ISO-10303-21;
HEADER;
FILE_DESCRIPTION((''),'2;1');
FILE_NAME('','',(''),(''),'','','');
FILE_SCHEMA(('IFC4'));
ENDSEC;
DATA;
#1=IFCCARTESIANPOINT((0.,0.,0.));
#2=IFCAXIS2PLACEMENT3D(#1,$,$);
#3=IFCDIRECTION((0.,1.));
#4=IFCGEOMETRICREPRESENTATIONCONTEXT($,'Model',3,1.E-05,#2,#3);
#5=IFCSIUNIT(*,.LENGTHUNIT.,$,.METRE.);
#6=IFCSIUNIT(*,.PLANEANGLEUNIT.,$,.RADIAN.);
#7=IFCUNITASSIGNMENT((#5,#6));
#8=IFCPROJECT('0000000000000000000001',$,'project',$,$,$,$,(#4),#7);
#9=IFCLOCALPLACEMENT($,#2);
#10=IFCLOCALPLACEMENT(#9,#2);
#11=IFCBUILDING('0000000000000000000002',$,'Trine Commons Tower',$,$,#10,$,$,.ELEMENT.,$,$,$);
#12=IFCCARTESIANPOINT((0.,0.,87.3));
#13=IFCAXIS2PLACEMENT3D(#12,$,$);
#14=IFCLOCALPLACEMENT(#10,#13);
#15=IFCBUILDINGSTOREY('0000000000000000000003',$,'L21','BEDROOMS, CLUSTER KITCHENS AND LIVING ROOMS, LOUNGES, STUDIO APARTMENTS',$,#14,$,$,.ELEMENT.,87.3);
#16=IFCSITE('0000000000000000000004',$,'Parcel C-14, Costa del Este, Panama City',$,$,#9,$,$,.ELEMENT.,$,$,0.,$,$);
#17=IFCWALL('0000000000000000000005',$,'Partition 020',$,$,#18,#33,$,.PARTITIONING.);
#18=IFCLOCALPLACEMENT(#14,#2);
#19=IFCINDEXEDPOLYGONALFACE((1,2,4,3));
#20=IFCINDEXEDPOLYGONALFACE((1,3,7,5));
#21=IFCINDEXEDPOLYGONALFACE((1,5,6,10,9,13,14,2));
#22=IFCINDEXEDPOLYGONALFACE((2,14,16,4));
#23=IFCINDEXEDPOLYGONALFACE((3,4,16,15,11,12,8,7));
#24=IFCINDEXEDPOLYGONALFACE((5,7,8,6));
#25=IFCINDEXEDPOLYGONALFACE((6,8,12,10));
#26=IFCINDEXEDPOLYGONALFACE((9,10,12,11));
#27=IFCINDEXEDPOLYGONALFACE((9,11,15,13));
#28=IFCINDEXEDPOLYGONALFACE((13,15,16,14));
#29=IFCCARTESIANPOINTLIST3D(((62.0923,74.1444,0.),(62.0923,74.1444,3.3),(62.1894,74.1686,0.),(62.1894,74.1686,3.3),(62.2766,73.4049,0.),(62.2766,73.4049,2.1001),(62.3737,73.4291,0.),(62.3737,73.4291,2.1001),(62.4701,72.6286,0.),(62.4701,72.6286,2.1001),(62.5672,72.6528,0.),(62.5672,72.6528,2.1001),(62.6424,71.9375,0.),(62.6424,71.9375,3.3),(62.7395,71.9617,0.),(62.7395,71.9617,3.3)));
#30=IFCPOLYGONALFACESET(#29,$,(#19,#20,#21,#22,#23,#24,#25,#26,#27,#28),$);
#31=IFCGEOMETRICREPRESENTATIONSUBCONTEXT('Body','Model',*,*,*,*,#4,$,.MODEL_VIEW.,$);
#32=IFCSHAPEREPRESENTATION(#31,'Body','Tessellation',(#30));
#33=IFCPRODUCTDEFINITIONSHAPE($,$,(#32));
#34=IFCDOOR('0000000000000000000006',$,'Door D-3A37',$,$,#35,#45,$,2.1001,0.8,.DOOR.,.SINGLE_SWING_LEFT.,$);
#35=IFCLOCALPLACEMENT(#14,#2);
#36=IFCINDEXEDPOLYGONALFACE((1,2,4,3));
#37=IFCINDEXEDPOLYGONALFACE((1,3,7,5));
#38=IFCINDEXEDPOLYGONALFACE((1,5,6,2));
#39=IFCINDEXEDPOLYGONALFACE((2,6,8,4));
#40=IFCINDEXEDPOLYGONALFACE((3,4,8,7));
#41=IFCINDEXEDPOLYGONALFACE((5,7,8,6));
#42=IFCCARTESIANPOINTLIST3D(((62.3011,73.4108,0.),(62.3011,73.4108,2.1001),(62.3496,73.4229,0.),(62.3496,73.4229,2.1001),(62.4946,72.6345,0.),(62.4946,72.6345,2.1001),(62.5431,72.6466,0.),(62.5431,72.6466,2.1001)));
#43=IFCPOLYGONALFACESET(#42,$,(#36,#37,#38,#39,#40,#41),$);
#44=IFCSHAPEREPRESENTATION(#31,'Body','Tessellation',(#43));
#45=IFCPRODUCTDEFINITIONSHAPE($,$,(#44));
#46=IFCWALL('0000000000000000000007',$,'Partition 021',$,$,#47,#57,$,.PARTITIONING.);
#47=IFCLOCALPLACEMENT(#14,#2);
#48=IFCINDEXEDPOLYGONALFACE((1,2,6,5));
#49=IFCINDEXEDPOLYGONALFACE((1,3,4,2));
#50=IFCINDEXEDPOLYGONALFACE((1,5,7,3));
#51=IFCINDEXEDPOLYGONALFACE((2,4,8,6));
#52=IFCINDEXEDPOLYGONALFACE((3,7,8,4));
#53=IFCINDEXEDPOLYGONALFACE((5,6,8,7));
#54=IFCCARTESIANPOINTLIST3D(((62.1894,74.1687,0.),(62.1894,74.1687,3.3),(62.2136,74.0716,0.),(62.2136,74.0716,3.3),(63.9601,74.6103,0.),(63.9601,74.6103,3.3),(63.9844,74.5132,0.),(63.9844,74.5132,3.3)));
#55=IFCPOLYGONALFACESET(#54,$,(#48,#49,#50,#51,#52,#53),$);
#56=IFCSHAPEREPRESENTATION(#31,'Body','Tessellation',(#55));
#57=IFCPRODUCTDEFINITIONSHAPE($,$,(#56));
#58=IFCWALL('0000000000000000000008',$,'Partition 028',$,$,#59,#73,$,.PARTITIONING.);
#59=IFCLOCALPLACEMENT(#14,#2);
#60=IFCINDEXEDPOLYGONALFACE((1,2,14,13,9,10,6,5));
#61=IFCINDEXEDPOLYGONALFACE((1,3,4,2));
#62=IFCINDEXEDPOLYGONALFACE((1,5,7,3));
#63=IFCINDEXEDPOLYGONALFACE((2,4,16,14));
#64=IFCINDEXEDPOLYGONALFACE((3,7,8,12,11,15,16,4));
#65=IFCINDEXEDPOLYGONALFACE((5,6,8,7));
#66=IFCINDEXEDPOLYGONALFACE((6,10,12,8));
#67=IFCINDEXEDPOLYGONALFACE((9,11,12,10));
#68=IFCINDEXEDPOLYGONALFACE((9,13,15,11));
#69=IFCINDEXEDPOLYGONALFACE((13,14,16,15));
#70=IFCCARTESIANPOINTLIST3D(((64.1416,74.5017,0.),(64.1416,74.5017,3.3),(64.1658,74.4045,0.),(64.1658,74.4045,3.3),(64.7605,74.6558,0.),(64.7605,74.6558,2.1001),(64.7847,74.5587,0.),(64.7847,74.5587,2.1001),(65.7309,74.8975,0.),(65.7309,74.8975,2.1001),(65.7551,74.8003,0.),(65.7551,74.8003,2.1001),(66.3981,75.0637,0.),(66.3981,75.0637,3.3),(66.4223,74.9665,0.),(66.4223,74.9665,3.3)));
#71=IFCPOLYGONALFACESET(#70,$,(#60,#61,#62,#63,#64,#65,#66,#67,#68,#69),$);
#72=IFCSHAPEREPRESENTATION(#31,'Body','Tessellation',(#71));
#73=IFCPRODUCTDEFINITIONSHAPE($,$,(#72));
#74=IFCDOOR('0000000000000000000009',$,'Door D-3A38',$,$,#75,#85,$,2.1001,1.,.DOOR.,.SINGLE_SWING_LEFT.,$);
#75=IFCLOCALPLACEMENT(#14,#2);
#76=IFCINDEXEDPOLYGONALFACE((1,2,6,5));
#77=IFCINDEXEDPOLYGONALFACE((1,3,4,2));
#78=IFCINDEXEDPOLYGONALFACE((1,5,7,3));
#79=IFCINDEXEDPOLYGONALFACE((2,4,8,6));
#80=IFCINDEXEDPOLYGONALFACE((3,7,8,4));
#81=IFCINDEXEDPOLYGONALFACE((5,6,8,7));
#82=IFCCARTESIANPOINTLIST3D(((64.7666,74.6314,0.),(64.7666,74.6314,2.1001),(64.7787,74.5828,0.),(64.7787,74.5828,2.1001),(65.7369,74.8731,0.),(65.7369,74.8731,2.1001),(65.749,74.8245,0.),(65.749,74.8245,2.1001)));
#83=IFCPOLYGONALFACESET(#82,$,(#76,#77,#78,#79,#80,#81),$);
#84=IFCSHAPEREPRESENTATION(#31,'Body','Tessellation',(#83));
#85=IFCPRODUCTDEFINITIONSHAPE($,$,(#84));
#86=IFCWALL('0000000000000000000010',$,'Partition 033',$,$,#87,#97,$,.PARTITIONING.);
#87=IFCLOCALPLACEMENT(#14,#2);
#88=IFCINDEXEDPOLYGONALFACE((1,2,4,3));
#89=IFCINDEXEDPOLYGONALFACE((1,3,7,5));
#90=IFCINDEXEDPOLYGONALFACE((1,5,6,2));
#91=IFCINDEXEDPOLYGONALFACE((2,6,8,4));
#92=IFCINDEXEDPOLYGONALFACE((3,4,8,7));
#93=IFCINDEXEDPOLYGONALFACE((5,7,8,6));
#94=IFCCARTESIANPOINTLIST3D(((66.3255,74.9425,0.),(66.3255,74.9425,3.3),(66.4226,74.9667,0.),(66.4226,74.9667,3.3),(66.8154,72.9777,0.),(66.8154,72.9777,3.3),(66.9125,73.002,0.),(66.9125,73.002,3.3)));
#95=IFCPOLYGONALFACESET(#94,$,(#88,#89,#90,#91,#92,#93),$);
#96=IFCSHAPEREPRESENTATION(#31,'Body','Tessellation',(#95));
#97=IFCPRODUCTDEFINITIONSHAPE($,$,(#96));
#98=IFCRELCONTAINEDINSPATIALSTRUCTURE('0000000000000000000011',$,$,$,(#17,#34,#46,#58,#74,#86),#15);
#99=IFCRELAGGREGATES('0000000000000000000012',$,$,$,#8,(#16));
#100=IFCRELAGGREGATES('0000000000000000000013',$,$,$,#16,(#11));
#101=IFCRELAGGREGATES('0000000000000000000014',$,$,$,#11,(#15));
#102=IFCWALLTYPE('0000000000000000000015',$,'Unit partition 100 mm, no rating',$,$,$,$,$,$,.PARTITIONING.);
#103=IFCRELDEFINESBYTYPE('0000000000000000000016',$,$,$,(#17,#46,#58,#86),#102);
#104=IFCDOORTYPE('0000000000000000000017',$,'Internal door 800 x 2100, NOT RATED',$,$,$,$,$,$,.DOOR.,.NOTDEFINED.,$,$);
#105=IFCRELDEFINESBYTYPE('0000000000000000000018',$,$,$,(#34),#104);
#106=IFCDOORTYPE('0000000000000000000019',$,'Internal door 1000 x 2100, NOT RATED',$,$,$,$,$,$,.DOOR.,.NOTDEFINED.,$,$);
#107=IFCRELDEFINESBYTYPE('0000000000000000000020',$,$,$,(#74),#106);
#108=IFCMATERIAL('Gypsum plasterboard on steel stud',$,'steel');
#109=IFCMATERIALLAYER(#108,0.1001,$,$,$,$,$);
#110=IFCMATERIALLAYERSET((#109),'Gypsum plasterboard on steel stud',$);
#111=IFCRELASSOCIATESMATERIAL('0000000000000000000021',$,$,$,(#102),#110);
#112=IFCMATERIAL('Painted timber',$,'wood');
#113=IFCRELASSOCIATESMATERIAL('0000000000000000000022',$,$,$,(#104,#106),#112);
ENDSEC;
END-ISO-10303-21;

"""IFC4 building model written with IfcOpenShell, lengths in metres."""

from ifc_helpers import new_model, si_unit, direction, frame, frame_2d, origin, place, context, subcontext, project, spatial, rectangle, extrude, material, layer, layer_set, type_object, element, fill, save


model = new_model("IFC4")

# Units and contexts
model_context = context("Model", 3, precision=1e-05, world=origin(), true_north=direction((0.0, 1.0)))
body_context = subcontext(model_context, "Body", "Model", "MODEL_VIEW")
ifc_project = project(units=[si_unit("LENGTHUNIT", "METRE"), si_unit("PLANEANGLEUNIT", "RADIAN")], contexts=[model_context])

# Site, building, storey
site_placement = place(None, origin())
site = spatial("IfcSite", under=ifc_project, at=site_placement, Name="Parcel C-14, Costa del Este, Panama City", CompositionType="ELEMENT", RefElevation=0.0)
building_placement = place(site_placement, origin())
building = spatial("IfcBuilding", under=site, at=building_placement, Name="Trine Commons Tower", CompositionType="ELEMENT")
storey_placement = place(building_placement, frame((0.0, 0.0, 87.3)))
storey = spatial("IfcBuildingStorey", under=building, at=storey_placement, Name="L21", Description="BEDROOMS, CLUSTER KITCHENS AND LIVING ROOMS, LOUNGES, STUDIO APARTMENTS", CompositionType="ELEMENT", Elevation=87.3)

# Shared definitions
ifc_material_1 = material(Name="Gypsum plasterboard on steel stud", Category="steel")

# Wall, opening, door
ifc_layer_1 = layer(ifc_material_1, 0.1001)
ifc_layer_set_1 = layer_set([ifc_layer_1], Name="Gypsum plasterboard on steel stud")
wall_type_1 = type_object("IfcWallType", Name="Unit partition 100 mm, no rating", PredefinedType="PARTITIONING", material=ifc_layer_set_1)
wall_1_placement = place(storey_placement, frame((62.1409, 74.1565, 0.0), z_axis=(0.0, 0.0, 1.0), x_axis=(0.241854, -0.970313, 0.0)))
wall_1 = element("IfcWall", 1, at=wall_1_placement, inside=storey, type_object=wall_type_1, Name="Partition 020", PredefinedType="PARTITIONING", context=body_context, shape_type="SweptSolid", body=[
    extrude(rectangle(XDim=2.2744, YDim=0.1001, at=frame_2d((1.1372, 0.0))), origin(), (0.0, 0.0, 1.0), 3.3),
])
opening_1_placement = place(wall_1_placement, frame((0.7622, 0.0, 0.0)))
opening_1 = element("IfcOpeningElement", 2, at=opening_1_placement, cuts=wall_1, PredefinedType="OPENING", context=body_context, shape_type="SweptSolid", body=[
    extrude(rectangle(XDim=0.8, YDim=2.1001, at=frame_2d((0.3999, 1.05))), frame((0.0, 0.0601, 0.0), z_axis=(0.0, -1.0, 0.0), x_axis=(1.0, 0.0, 0.0)), (0.0, 0.0, 1.0), 0.1201),
])
ifc_material_2 = material(Name="Painted timber", Category="wood")
door_type_1 = type_object("IfcDoorType", Name="Internal door 800 x 2100, NOT RATED", OperationType="NOTDEFINED", PredefinedType="DOOR", material=ifc_material_2)
door_1_placement = place(opening_1_placement, frame((0.8, 0.0, 0.0), z_axis=(0.0, 0.0, 1.0), x_axis=(-1.0, 0.0, 0.0)))
door_1 = element("IfcDoor", 3, at=door_1_placement, inside=storey, type_object=door_type_1, Name="Door D-3A37", OperationType="SINGLE_SWING_LEFT", OverallHeight=2.1001, OverallWidth=0.8, PredefinedType="DOOR", context=body_context, shape_type="SweptSolid", body=[
    extrude(rectangle(XDim=0.8, YDim=2.1001, at=frame_2d((0.3999, 1.05))), frame((0.0, 0.0249, 0.0), z_axis=(0.0, -1.0, 0.0), x_axis=(1.0, 0.0, 0.0)), (0.0, 0.0, 1.0), 0.05),
])
fill(opening_1, door_1)

# Wall
wall_2_placement = place(storey_placement, frame((62.2014, 74.1201, 0.0), z_axis=(0.0, 0.0, 1.0), x_axis=(0.970276, 0.242, 0.0)))
element("IfcWall", 4, at=wall_2_placement, inside=storey, type_object=wall_type_1, Name="Partition 021", PredefinedType="PARTITIONING", context=body_context, shape_type="SweptSolid", body=[
    extrude(rectangle(XDim=1.825, YDim=0.1001, at=frame_2d((0.9126, 0.0))), origin(), (0.0, 0.0, 1.0), 3.3),
])

# Wall, opening, door
wall_3_placement = place(storey_placement, frame((64.1538, 74.4531, 0.0), z_axis=(0.0, 0.0, 1.0), x_axis=(0.970358, 0.241671, 0.0)))
wall_3 = element("IfcWall", 5, at=wall_3_placement, inside=storey, type_object=wall_type_1, Name="Partition 028", PredefinedType="PARTITIONING", context=body_context, shape_type="SweptSolid", body=[
    extrude(rectangle(XDim=2.3254, YDim=0.1001, at=frame_2d((1.1626, 0.0))), origin(), (0.0, 0.0, 1.0), 3.3),
])
opening_2_placement = place(wall_3_placement, frame((0.6377, 0.0, 0.0)))
opening_2 = element("IfcOpeningElement", 6, at=opening_2_placement, cuts=wall_3, PredefinedType="OPENING", context=body_context, shape_type="SweptSolid", body=[
    extrude(rectangle(XDim=1.0, YDim=2.1001, at=frame_2d((0.5, 1.05))), frame((0.0, 0.0601, 0.0), z_axis=(0.0, -1.0, 0.0), x_axis=(1.0, 0.0, 0.0)), (0.0, 0.0, 1.0), 0.1201),
])
door_type_2 = type_object("IfcDoorType", Name="Internal door 1000 x 2100, NOT RATED", OperationType="NOTDEFINED", PredefinedType="DOOR", material=ifc_material_2)
door_2_placement = place(opening_2_placement, origin())
door_2 = element("IfcDoor", 7, at=door_2_placement, inside=storey, type_object=door_type_2, Name="Door D-3A38", OperationType="SINGLE_SWING_LEFT", OverallHeight=2.1001, OverallWidth=1.0, PredefinedType="DOOR", context=body_context, shape_type="SweptSolid", body=[
    extrude(rectangle(XDim=1.0, YDim=2.1001, at=frame_2d((0.5, 1.05))), frame((0.0, 0.0249, 0.0), z_axis=(0.0, -1.0, 0.0), x_axis=(1.0, 0.0, 0.0)), (0.0, 0.0, 1.0), 0.05),
])
fill(opening_2, door_2)

# Wall
wall_4_placement = place(storey_placement, frame((66.374, 74.9546, 0.0), z_axis=(0.0, 0.0, 1.0), x_axis=(0.241968, -0.970284, 0.0)))
element("IfcWall", 8, at=wall_4_placement, inside=storey, type_object=wall_type_1, Name="Partition 033", PredefinedType="PARTITIONING", context=body_context, shape_type="SweptSolid", body=[
    extrude(rectangle(XDim=2.0249, YDim=0.1001, at=frame_2d((1.0125, 0.0))), origin(), (0.0, 0.0, 1.0), 3.3),
])

save(model, "model.ifc")
